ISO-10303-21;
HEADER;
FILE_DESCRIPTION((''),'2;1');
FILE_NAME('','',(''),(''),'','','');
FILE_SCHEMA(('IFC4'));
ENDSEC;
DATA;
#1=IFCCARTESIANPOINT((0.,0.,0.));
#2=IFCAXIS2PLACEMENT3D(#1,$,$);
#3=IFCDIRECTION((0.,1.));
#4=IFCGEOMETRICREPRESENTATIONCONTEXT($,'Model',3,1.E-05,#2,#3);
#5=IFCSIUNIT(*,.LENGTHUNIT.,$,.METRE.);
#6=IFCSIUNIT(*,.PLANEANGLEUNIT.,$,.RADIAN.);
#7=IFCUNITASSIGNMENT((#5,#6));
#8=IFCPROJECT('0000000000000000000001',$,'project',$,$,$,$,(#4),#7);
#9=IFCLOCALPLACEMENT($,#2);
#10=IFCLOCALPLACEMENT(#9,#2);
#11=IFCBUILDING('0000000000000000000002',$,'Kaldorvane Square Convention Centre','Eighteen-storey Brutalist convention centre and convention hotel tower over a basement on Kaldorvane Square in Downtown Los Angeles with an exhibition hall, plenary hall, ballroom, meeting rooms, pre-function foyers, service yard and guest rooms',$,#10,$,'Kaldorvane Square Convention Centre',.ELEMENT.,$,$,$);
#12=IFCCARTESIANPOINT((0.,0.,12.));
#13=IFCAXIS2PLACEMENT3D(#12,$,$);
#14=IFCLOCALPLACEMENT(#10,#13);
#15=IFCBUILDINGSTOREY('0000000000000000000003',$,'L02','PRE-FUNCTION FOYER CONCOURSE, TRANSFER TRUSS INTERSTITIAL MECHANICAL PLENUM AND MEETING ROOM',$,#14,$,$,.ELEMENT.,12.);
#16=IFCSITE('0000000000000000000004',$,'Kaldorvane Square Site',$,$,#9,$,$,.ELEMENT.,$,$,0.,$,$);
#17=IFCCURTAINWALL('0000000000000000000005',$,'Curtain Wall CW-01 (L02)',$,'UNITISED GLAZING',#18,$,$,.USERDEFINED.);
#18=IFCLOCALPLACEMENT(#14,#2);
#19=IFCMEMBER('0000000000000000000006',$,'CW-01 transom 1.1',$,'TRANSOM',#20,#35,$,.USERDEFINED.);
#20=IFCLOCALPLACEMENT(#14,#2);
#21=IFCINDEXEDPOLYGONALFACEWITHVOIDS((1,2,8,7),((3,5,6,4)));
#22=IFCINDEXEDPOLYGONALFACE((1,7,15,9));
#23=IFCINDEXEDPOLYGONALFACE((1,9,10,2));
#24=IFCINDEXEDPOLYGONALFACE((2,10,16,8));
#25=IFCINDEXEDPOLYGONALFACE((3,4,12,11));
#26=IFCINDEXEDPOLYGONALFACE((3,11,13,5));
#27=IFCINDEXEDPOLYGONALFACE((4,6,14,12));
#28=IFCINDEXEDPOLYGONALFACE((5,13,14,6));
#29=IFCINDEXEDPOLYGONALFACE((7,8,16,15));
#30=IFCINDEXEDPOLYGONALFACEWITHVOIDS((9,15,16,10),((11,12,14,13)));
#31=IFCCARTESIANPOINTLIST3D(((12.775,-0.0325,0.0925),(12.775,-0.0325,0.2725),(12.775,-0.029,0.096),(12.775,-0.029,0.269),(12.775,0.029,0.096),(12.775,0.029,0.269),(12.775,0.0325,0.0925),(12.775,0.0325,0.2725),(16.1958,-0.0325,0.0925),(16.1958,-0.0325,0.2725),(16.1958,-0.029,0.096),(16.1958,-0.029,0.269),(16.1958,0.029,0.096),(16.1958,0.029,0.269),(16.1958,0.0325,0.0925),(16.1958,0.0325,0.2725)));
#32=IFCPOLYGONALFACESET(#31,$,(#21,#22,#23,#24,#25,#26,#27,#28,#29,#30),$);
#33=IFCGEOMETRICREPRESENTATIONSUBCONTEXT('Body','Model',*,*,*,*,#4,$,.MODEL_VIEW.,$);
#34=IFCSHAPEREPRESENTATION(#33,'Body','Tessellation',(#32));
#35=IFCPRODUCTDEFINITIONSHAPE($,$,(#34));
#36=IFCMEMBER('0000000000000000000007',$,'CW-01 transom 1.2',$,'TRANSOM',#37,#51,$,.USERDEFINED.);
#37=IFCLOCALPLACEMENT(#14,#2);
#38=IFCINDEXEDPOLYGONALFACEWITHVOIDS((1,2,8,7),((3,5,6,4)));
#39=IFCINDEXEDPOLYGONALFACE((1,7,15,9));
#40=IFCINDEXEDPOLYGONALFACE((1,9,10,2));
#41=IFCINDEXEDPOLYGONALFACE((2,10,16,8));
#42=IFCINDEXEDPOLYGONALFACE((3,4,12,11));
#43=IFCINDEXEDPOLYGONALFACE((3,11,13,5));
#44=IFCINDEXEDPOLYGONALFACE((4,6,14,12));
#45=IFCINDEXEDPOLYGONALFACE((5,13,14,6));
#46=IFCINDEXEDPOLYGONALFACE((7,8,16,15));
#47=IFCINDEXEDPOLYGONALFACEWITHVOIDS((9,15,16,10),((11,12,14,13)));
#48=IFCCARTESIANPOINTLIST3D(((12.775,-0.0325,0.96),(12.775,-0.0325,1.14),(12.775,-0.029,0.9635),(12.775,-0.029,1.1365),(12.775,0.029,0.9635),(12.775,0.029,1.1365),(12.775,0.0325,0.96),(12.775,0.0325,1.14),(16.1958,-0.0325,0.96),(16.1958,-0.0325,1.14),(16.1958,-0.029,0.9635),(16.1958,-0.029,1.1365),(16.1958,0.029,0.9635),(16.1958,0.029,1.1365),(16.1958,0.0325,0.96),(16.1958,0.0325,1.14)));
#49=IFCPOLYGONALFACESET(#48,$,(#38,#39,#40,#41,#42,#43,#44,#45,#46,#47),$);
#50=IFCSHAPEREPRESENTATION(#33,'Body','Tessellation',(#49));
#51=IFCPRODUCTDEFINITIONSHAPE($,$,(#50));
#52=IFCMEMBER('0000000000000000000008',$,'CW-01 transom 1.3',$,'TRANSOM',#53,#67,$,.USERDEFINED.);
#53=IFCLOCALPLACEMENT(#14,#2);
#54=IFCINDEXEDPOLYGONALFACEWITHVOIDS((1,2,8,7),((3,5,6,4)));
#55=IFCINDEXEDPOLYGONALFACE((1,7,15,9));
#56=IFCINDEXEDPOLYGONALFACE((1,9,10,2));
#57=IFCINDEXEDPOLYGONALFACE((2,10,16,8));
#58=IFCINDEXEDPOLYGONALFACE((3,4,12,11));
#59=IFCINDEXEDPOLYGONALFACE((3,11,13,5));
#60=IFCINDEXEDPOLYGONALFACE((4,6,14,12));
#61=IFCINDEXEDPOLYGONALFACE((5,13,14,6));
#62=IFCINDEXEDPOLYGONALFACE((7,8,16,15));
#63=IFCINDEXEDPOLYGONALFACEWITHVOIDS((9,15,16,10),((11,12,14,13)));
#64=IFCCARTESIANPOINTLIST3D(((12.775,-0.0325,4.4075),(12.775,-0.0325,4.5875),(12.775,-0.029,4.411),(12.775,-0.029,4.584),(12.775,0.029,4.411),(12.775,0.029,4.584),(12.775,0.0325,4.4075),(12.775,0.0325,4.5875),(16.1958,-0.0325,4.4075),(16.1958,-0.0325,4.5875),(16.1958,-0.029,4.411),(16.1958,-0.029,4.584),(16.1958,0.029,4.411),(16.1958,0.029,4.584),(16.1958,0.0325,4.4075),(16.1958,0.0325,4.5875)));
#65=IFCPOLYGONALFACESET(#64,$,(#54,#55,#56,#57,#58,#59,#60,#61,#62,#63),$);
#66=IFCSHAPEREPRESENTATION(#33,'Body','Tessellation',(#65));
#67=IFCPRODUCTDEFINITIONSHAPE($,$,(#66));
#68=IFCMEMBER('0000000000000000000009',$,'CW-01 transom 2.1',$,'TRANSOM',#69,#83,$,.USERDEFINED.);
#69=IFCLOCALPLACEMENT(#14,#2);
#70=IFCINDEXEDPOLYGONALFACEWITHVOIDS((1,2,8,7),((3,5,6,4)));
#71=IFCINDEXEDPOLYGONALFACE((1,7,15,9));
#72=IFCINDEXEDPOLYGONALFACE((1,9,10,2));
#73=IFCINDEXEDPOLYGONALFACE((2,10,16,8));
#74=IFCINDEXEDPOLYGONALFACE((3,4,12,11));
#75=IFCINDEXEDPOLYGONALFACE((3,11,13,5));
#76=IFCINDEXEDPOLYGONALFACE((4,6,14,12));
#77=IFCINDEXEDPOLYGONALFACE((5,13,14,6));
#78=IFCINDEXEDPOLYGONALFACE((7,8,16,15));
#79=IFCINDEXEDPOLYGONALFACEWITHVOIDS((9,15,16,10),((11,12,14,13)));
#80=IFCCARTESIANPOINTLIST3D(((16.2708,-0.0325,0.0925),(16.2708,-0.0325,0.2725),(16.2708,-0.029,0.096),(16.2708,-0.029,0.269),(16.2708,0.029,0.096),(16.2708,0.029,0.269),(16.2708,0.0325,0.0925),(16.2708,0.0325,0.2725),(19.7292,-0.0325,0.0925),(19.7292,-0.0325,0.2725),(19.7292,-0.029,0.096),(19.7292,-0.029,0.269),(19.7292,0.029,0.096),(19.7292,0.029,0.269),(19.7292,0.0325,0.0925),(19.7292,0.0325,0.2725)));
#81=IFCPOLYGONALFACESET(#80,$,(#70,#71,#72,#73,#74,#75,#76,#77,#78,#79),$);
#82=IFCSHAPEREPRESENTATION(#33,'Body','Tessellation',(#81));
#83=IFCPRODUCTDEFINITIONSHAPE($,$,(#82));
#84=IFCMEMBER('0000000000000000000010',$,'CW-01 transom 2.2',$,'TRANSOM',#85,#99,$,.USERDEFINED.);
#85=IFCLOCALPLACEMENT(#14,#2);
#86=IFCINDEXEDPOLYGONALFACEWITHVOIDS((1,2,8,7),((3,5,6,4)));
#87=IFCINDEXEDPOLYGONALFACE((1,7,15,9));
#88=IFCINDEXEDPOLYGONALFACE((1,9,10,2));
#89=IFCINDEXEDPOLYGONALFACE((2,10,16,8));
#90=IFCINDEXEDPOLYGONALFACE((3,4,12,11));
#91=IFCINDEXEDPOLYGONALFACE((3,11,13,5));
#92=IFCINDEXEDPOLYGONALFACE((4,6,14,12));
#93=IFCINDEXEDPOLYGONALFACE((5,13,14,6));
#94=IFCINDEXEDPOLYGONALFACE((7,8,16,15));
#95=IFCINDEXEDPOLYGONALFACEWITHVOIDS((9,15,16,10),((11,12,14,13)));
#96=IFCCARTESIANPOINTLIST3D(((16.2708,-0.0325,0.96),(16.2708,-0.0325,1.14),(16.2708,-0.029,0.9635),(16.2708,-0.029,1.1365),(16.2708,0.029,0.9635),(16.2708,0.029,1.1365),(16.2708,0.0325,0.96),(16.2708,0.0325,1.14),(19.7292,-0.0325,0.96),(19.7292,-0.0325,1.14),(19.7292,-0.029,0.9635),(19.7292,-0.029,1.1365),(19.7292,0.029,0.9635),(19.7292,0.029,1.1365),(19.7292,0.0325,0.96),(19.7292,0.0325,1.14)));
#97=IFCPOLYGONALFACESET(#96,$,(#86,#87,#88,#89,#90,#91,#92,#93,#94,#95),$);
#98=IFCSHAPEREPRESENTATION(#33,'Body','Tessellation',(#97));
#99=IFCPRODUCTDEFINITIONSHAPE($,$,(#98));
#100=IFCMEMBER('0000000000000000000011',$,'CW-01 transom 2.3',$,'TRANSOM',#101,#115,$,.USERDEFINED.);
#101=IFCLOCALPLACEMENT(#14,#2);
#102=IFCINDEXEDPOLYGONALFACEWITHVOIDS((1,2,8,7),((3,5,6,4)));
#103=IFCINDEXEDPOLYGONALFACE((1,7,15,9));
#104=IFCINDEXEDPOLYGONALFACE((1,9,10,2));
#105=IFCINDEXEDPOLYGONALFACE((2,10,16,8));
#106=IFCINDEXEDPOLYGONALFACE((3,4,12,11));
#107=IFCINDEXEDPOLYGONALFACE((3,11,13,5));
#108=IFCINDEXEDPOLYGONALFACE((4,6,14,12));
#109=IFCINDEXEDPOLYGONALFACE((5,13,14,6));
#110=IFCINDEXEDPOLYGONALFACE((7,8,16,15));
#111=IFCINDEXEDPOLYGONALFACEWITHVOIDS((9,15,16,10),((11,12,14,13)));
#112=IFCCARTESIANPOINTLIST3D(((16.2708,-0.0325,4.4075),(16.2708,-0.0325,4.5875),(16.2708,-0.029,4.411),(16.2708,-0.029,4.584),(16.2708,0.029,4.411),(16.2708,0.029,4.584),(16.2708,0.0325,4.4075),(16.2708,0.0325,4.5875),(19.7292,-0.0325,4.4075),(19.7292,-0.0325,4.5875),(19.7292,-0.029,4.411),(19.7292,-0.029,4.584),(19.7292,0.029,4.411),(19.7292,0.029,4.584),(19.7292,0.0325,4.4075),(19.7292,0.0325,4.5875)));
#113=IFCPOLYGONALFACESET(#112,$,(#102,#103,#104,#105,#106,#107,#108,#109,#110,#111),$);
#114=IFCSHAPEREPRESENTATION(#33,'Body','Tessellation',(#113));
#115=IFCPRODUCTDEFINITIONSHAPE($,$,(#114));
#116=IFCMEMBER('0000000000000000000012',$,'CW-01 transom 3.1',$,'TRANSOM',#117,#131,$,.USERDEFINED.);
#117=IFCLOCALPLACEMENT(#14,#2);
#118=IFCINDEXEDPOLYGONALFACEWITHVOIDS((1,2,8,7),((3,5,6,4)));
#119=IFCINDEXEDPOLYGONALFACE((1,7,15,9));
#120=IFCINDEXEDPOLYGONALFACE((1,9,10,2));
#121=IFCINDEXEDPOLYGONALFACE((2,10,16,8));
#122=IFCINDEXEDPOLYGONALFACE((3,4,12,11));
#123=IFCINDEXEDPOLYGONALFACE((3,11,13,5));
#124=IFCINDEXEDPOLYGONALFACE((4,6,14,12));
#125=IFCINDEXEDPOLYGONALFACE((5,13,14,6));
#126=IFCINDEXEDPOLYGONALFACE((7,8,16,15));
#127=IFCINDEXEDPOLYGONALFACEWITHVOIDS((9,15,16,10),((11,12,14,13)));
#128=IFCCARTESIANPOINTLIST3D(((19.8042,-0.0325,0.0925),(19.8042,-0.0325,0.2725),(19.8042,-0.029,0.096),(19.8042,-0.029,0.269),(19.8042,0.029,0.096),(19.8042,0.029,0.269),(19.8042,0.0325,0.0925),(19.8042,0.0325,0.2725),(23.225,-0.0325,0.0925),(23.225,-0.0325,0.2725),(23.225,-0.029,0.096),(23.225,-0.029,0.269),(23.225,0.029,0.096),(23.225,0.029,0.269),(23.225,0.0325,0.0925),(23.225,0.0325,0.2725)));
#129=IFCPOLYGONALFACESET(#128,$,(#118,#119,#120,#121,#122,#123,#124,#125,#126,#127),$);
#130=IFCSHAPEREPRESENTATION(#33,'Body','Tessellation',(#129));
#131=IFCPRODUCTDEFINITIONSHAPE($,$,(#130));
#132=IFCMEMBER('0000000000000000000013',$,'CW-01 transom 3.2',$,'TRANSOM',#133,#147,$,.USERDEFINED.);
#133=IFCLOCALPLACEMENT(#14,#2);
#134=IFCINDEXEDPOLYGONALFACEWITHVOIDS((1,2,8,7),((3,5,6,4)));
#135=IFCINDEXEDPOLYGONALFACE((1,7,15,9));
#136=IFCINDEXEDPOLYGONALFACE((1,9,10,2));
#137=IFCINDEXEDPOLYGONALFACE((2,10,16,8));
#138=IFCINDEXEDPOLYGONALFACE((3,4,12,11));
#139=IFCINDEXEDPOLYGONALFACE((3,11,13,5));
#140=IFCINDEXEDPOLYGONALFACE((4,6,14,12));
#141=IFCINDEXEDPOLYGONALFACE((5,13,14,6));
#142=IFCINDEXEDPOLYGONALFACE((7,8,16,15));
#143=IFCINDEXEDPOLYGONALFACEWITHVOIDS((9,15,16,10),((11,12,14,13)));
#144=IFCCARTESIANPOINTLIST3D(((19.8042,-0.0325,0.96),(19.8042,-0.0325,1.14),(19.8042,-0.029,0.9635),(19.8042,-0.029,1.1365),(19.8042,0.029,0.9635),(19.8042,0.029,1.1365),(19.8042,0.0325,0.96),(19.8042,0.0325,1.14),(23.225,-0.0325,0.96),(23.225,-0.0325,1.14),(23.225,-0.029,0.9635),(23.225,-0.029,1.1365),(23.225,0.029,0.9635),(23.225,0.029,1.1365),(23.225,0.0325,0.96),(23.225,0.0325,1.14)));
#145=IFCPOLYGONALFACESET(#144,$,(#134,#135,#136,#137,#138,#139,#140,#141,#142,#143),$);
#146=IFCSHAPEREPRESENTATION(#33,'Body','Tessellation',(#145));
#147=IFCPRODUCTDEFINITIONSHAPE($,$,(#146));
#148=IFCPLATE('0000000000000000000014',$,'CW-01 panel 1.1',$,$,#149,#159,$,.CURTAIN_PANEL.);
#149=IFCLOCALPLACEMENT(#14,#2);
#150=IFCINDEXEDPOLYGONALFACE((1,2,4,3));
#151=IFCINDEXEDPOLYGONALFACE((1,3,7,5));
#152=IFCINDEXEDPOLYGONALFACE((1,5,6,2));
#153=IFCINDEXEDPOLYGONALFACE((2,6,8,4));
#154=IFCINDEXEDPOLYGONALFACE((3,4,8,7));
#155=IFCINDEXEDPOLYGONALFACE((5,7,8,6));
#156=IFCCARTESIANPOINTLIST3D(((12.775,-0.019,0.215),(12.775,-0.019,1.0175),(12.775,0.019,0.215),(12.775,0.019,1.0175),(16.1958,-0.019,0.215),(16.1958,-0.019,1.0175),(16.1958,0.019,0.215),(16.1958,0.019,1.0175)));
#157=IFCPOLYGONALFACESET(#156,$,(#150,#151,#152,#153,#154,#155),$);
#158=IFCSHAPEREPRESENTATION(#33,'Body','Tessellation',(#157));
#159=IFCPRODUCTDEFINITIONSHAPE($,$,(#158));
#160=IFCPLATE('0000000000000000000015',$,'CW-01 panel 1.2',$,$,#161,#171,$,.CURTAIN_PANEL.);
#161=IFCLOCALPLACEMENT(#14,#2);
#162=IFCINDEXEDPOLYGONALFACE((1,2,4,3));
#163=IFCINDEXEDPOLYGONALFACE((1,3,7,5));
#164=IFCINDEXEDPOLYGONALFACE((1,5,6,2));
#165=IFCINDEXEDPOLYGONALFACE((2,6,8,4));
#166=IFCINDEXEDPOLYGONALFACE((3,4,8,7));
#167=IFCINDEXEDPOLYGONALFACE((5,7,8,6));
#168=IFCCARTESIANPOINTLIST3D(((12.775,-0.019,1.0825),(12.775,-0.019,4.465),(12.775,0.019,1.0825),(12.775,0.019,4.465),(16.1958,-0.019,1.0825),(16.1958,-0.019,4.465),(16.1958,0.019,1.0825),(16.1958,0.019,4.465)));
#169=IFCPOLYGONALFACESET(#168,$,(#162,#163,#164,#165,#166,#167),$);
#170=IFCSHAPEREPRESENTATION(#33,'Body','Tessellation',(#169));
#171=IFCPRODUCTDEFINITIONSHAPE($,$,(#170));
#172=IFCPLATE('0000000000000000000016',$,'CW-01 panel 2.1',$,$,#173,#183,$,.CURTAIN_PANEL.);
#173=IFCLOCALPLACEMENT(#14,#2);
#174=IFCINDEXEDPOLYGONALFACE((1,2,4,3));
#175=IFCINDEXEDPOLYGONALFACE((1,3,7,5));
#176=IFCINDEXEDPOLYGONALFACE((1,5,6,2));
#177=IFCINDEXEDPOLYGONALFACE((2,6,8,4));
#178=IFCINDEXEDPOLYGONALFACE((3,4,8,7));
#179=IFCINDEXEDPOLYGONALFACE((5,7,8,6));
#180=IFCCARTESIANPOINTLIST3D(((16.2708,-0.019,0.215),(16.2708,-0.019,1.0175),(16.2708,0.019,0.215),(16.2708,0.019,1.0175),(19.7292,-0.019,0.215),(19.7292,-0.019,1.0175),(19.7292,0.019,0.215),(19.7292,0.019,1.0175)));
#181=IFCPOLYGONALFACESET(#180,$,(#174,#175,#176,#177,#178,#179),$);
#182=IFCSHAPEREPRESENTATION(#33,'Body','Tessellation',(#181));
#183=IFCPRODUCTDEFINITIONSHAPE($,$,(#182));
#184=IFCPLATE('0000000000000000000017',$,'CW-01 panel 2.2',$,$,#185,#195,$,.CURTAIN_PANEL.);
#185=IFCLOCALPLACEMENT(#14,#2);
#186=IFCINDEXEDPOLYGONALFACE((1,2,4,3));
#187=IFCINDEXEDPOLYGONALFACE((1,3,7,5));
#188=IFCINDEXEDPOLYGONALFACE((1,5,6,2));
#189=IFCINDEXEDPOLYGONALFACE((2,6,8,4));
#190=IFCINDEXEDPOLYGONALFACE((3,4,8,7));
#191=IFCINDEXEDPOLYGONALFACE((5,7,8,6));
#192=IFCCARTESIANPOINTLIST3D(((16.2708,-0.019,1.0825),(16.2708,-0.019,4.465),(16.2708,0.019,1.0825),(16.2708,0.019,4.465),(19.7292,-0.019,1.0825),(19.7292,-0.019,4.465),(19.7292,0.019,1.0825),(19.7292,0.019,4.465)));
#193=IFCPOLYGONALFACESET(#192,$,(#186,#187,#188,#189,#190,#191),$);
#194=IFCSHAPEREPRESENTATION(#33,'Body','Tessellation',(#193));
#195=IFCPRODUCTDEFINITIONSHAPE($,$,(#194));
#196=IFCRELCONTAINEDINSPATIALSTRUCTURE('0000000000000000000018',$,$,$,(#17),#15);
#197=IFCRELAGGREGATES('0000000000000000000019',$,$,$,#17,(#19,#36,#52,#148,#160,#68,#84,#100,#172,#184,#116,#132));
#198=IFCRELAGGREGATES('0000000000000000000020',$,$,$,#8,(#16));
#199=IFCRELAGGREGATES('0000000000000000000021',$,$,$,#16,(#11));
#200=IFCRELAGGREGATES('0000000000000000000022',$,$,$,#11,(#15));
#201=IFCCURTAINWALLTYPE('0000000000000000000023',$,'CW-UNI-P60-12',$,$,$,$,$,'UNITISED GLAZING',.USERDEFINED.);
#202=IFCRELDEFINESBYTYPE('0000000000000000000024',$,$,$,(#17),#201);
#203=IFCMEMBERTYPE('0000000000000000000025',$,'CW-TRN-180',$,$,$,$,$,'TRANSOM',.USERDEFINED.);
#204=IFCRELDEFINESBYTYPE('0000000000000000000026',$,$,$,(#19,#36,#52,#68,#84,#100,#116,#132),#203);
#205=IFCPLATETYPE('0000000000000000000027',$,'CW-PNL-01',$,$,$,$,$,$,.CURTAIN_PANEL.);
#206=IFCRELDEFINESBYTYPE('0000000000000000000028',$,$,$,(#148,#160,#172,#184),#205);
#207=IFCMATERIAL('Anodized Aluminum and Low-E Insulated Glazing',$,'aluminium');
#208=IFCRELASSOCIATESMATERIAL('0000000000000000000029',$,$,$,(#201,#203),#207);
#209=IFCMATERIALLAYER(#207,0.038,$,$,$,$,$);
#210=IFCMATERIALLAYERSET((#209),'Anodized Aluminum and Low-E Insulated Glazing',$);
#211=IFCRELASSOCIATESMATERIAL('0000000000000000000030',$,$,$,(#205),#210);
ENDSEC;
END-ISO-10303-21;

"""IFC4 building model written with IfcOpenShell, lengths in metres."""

from ifc_helpers import new_model, si_unit, direction, frame, origin, origin_2d, place, context, subcontext, project, spatial, rectangle, hollow_rectangle, extrude, material, layer, layer_set, material_profile, profile_set, type_object, element, aggregate, save


model = new_model("IFC4")

# Units and contexts
model_context = context("Model", 3, precision=1e-05, world=origin(), true_north=direction((0.0, 1.0)))
body_context = subcontext(model_context, "Body", "Model", "MODEL_VIEW")
ifc_project = project(units=[si_unit("LENGTHUNIT", "METRE"), si_unit("PLANEANGLEUNIT", "RADIAN")], contexts=[model_context])

# Site, building, storey
site_placement = place(None, origin())
site = spatial("IfcSite", under=ifc_project, at=site_placement, Name="Kaldorvane Square Site", CompositionType="ELEMENT", RefElevation=0.0)
building_placement = place(site_placement, origin())
building = spatial("IfcBuilding", under=site, at=building_placement, Name="Kaldorvane Square Convention Centre", Description="Eighteen-storey Brutalist convention centre and convention hotel tower over a basement on Kaldorvane Square in Downtown Los Angeles with an exhibition hall, plenary hall, ballroom, meeting rooms, pre-function foyers, service yard and guest rooms", LongName="Kaldorvane Square Convention Centre", CompositionType="ELEMENT")
storey_placement = place(building_placement, frame((0.0, 0.0, 12.0)))
storey = spatial("IfcBuildingStorey", under=building, at=storey_placement, Name="L02", Description="PRE-FUNCTION FOYER CONCOURSE, TRANSFER TRUSS INTERSTITIAL MECHANICAL PLENUM AND MEETING ROOM", CompositionType="ELEMENT", Elevation=12.0)

# Curtain wall, members, plates
ifc_material_1 = material(Name="Anodized Aluminum and Low-E Insulated Glazing", Category="aluminium")
curtain_wall_type = type_object("IfcCurtainWallType", Name="CW-UNI-P60-12", ElementType="UNITISED GLAZING", PredefinedType="USERDEFINED", material=ifc_material_1)
curtain_wall_placement = place(storey_placement, origin())
curtain_wall = element("IfcCurtainWall", 1, at=curtain_wall_placement, inside=storey, type_object=curtain_wall_type, Name="Curtain Wall CW-01 (L02)", ObjectType="UNITISED GLAZING", PredefinedType="USERDEFINED")
ifc_material_profile_1 = material_profile(ifc_material_1, hollow_rectangle(XDim=0.065, YDim=0.18, WallThickness=0.0035, at=origin_2d()), Name="CWT-180X65")
ifc_profile_set_1 = profile_set([ifc_material_profile_1], Name="Anodized Aluminum and Low-E Insulated Glazing")
member_type_1 = type_object("IfcMemberType", Name="CW-TRN-180", ElementType="TRANSOM", PredefinedType="USERDEFINED", material=ifc_profile_set_1)
member_1_placement = place(storey_placement, frame((12.775, 0.0, 0.1825), z_axis=(1.0, 0.0, 0.0), x_axis=(0.0, 1.0, 0.0)))
member_1 = element("IfcMember", 2, at=member_1_placement, type_object=member_type_1, Name="CW-01 transom 1.1", ObjectType="TRANSOM", PredefinedType="USERDEFINED", context=body_context, shape_type="SweptSolid", body=[
    extrude(hollow_rectangle(XDim=0.065, YDim=0.18, WallThickness=0.0035, at=origin_2d()), origin(), (0.0, 0.0, 1.0), 3.4208),
])
member_2_placement = place(storey_placement, frame((12.775, 0.0, 1.05), z_axis=(1.0, 0.0, 0.0), x_axis=(0.0, 1.0, 0.0)))
member_2 = element("IfcMember", 3, at=member_2_placement, type_object=member_type_1, Name="CW-01 transom 1.2", ObjectType="TRANSOM", PredefinedType="USERDEFINED", context=body_context, shape_type="SweptSolid", body=[
    extrude(hollow_rectangle(XDim=0.065, YDim=0.18, WallThickness=0.0035, at=origin_2d()), origin(), (0.0, 0.0, 1.0), 3.4208),
])
member_3_placement = place(storey_placement, frame((12.775, 0.0, 4.4975), z_axis=(1.0, 0.0, 0.0), x_axis=(0.0, 1.0, 0.0)))
member_3 = element("IfcMember", 4, at=member_3_placement, type_object=member_type_1, Name="CW-01 transom 1.3", ObjectType="TRANSOM", PredefinedType="USERDEFINED", context=body_context, shape_type="SweptSolid", body=[
    extrude(hollow_rectangle(XDim=0.065, YDim=0.18, WallThickness=0.0035, at=origin_2d()), origin(), (0.0, 0.0, 1.0), 3.4208),
])
member_4_placement = place(storey_placement, frame((16.2708, 0.0, 0.1825), z_axis=(1.0, 0.0, 0.0), x_axis=(0.0, 1.0, 0.0)))
member_4 = element("IfcMember", 5, at=member_4_placement, type_object=member_type_1, Name="CW-01 transom 2.1", ObjectType="TRANSOM", PredefinedType="USERDEFINED", context=body_context, shape_type="SweptSolid", body=[
    extrude(hollow_rectangle(XDim=0.065, YDim=0.18, WallThickness=0.0035, at=origin_2d()), origin(), (0.0, 0.0, 1.0), 3.4583),
])
member_5_placement = place(storey_placement, frame((16.2708, 0.0, 1.05), z_axis=(1.0, 0.0, 0.0), x_axis=(0.0, 1.0, 0.0)))
member_5 = element("IfcMember", 6, at=member_5_placement, type_object=member_type_1, Name="CW-01 transom 2.2", ObjectType="TRANSOM", PredefinedType="USERDEFINED", context=body_context, shape_type="SweptSolid", body=[
    extrude(hollow_rectangle(XDim=0.065, YDim=0.18, WallThickness=0.0035, at=origin_2d()), origin(), (0.0, 0.0, 1.0), 3.4583),
])
member_6_placement = place(storey_placement, frame((16.2708, 0.0, 4.4975), z_axis=(1.0, 0.0, 0.0), x_axis=(0.0, 1.0, 0.0)))
member_6 = element("IfcMember", 7, at=member_6_placement, type_object=member_type_1, Name="CW-01 transom 2.3", ObjectType="TRANSOM", PredefinedType="USERDEFINED", context=body_context, shape_type="SweptSolid", body=[
    extrude(hollow_rectangle(XDim=0.065, YDim=0.18, WallThickness=0.0035, at=origin_2d()), origin(), (0.0, 0.0, 1.0), 3.4583),
])
member_7_placement = place(storey_placement, frame((19.8042, 0.0, 0.1825), z_axis=(1.0, 0.0, 0.0), x_axis=(0.0, 1.0, 0.0)))
member_7 = element("IfcMember", 8, at=member_7_placement, type_object=member_type_1, Name="CW-01 transom 3.1", ObjectType="TRANSOM", PredefinedType="USERDEFINED", context=body_context, shape_type="SweptSolid", body=[
    extrude(hollow_rectangle(XDim=0.065, YDim=0.18, WallThickness=0.0035, at=origin_2d()), origin(), (0.0, 0.0, 1.0), 3.4208),
])
member_8_placement = place(storey_placement, frame((19.8042, 0.0, 1.05), z_axis=(1.0, 0.0, 0.0), x_axis=(0.0, 1.0, 0.0)))
member_8 = element("IfcMember", 9, at=member_8_placement, type_object=member_type_1, Name="CW-01 transom 3.2", ObjectType="TRANSOM", PredefinedType="USERDEFINED", context=body_context, shape_type="SweptSolid", body=[
    extrude(hollow_rectangle(XDim=0.065, YDim=0.18, WallThickness=0.0035, at=origin_2d()), origin(), (0.0, 0.0, 1.0), 3.4208),
])
ifc_layer_1 = layer(ifc_material_1, 0.038)
ifc_layer_set_1 = layer_set([ifc_layer_1], Name="Anodized Aluminum and Low-E Insulated Glazing")
plate_type_1 = type_object("IfcPlateType", Name="CW-PNL-01", PredefinedType="CURTAIN_PANEL", material=ifc_layer_set_1)
plate_1_placement = place(storey_placement, frame((14.4854, 0.0, 0.215), z_axis=(0.0, 0.0, 1.0), x_axis=(1.0, 0.0, 0.0)))
plate_1 = element("IfcPlate", 10, at=plate_1_placement, type_object=plate_type_1, Name="CW-01 panel 1.1", PredefinedType="CURTAIN_PANEL", context=body_context, shape_type="SweptSolid", body=[
    extrude(rectangle(XDim=3.4208, YDim=0.038, at=origin_2d()), origin(), (0.0, 0.0, 1.0), 0.8025),
])
plate_2_placement = place(storey_placement, frame((14.4854, 0.0, 1.0825), z_axis=(0.0, 0.0, 1.0), x_axis=(1.0, 0.0, 0.0)))
plate_2 = element("IfcPlate", 11, at=plate_2_placement, type_object=plate_type_1, Name="CW-01 panel 1.2", PredefinedType="CURTAIN_PANEL", context=body_context, shape_type="SweptSolid", body=[
    extrude(rectangle(XDim=3.4208, YDim=0.038, at=origin_2d()), origin(), (0.0, 0.0, 1.0), 3.3825),
])
plate_3_placement = place(storey_placement, frame((18.0, 0.0, 0.215), z_axis=(0.0, 0.0, 1.0), x_axis=(1.0, 0.0, 0.0)))
plate_3 = element("IfcPlate", 12, at=plate_3_placement, type_object=plate_type_1, Name="CW-01 panel 2.1", PredefinedType="CURTAIN_PANEL", context=body_context, shape_type="SweptSolid", body=[
    extrude(rectangle(XDim=3.4583, YDim=0.038, at=origin_2d()), origin(), (0.0, 0.0, 1.0), 0.8025),
])
plate_4_placement = place(storey_placement, frame((18.0, 0.0, 1.0825), z_axis=(0.0, 0.0, 1.0), x_axis=(1.0, 0.0, 0.0)))
plate_4 = element("IfcPlate", 13, at=plate_4_placement, type_object=plate_type_1, Name="CW-01 panel 2.2", PredefinedType="CURTAIN_PANEL", context=body_context, shape_type="SweptSolid", body=[
    extrude(rectangle(XDim=3.4583, YDim=0.038, at=origin_2d()), origin(), (0.0, 0.0, 1.0), 3.3825),
])
aggregate(curtain_wall, [member_1, member_2, member_3, plate_1, plate_2, member_4, member_5, member_6, plate_3, plate_4, member_7, member_8])

save(model, "model.ifc")
